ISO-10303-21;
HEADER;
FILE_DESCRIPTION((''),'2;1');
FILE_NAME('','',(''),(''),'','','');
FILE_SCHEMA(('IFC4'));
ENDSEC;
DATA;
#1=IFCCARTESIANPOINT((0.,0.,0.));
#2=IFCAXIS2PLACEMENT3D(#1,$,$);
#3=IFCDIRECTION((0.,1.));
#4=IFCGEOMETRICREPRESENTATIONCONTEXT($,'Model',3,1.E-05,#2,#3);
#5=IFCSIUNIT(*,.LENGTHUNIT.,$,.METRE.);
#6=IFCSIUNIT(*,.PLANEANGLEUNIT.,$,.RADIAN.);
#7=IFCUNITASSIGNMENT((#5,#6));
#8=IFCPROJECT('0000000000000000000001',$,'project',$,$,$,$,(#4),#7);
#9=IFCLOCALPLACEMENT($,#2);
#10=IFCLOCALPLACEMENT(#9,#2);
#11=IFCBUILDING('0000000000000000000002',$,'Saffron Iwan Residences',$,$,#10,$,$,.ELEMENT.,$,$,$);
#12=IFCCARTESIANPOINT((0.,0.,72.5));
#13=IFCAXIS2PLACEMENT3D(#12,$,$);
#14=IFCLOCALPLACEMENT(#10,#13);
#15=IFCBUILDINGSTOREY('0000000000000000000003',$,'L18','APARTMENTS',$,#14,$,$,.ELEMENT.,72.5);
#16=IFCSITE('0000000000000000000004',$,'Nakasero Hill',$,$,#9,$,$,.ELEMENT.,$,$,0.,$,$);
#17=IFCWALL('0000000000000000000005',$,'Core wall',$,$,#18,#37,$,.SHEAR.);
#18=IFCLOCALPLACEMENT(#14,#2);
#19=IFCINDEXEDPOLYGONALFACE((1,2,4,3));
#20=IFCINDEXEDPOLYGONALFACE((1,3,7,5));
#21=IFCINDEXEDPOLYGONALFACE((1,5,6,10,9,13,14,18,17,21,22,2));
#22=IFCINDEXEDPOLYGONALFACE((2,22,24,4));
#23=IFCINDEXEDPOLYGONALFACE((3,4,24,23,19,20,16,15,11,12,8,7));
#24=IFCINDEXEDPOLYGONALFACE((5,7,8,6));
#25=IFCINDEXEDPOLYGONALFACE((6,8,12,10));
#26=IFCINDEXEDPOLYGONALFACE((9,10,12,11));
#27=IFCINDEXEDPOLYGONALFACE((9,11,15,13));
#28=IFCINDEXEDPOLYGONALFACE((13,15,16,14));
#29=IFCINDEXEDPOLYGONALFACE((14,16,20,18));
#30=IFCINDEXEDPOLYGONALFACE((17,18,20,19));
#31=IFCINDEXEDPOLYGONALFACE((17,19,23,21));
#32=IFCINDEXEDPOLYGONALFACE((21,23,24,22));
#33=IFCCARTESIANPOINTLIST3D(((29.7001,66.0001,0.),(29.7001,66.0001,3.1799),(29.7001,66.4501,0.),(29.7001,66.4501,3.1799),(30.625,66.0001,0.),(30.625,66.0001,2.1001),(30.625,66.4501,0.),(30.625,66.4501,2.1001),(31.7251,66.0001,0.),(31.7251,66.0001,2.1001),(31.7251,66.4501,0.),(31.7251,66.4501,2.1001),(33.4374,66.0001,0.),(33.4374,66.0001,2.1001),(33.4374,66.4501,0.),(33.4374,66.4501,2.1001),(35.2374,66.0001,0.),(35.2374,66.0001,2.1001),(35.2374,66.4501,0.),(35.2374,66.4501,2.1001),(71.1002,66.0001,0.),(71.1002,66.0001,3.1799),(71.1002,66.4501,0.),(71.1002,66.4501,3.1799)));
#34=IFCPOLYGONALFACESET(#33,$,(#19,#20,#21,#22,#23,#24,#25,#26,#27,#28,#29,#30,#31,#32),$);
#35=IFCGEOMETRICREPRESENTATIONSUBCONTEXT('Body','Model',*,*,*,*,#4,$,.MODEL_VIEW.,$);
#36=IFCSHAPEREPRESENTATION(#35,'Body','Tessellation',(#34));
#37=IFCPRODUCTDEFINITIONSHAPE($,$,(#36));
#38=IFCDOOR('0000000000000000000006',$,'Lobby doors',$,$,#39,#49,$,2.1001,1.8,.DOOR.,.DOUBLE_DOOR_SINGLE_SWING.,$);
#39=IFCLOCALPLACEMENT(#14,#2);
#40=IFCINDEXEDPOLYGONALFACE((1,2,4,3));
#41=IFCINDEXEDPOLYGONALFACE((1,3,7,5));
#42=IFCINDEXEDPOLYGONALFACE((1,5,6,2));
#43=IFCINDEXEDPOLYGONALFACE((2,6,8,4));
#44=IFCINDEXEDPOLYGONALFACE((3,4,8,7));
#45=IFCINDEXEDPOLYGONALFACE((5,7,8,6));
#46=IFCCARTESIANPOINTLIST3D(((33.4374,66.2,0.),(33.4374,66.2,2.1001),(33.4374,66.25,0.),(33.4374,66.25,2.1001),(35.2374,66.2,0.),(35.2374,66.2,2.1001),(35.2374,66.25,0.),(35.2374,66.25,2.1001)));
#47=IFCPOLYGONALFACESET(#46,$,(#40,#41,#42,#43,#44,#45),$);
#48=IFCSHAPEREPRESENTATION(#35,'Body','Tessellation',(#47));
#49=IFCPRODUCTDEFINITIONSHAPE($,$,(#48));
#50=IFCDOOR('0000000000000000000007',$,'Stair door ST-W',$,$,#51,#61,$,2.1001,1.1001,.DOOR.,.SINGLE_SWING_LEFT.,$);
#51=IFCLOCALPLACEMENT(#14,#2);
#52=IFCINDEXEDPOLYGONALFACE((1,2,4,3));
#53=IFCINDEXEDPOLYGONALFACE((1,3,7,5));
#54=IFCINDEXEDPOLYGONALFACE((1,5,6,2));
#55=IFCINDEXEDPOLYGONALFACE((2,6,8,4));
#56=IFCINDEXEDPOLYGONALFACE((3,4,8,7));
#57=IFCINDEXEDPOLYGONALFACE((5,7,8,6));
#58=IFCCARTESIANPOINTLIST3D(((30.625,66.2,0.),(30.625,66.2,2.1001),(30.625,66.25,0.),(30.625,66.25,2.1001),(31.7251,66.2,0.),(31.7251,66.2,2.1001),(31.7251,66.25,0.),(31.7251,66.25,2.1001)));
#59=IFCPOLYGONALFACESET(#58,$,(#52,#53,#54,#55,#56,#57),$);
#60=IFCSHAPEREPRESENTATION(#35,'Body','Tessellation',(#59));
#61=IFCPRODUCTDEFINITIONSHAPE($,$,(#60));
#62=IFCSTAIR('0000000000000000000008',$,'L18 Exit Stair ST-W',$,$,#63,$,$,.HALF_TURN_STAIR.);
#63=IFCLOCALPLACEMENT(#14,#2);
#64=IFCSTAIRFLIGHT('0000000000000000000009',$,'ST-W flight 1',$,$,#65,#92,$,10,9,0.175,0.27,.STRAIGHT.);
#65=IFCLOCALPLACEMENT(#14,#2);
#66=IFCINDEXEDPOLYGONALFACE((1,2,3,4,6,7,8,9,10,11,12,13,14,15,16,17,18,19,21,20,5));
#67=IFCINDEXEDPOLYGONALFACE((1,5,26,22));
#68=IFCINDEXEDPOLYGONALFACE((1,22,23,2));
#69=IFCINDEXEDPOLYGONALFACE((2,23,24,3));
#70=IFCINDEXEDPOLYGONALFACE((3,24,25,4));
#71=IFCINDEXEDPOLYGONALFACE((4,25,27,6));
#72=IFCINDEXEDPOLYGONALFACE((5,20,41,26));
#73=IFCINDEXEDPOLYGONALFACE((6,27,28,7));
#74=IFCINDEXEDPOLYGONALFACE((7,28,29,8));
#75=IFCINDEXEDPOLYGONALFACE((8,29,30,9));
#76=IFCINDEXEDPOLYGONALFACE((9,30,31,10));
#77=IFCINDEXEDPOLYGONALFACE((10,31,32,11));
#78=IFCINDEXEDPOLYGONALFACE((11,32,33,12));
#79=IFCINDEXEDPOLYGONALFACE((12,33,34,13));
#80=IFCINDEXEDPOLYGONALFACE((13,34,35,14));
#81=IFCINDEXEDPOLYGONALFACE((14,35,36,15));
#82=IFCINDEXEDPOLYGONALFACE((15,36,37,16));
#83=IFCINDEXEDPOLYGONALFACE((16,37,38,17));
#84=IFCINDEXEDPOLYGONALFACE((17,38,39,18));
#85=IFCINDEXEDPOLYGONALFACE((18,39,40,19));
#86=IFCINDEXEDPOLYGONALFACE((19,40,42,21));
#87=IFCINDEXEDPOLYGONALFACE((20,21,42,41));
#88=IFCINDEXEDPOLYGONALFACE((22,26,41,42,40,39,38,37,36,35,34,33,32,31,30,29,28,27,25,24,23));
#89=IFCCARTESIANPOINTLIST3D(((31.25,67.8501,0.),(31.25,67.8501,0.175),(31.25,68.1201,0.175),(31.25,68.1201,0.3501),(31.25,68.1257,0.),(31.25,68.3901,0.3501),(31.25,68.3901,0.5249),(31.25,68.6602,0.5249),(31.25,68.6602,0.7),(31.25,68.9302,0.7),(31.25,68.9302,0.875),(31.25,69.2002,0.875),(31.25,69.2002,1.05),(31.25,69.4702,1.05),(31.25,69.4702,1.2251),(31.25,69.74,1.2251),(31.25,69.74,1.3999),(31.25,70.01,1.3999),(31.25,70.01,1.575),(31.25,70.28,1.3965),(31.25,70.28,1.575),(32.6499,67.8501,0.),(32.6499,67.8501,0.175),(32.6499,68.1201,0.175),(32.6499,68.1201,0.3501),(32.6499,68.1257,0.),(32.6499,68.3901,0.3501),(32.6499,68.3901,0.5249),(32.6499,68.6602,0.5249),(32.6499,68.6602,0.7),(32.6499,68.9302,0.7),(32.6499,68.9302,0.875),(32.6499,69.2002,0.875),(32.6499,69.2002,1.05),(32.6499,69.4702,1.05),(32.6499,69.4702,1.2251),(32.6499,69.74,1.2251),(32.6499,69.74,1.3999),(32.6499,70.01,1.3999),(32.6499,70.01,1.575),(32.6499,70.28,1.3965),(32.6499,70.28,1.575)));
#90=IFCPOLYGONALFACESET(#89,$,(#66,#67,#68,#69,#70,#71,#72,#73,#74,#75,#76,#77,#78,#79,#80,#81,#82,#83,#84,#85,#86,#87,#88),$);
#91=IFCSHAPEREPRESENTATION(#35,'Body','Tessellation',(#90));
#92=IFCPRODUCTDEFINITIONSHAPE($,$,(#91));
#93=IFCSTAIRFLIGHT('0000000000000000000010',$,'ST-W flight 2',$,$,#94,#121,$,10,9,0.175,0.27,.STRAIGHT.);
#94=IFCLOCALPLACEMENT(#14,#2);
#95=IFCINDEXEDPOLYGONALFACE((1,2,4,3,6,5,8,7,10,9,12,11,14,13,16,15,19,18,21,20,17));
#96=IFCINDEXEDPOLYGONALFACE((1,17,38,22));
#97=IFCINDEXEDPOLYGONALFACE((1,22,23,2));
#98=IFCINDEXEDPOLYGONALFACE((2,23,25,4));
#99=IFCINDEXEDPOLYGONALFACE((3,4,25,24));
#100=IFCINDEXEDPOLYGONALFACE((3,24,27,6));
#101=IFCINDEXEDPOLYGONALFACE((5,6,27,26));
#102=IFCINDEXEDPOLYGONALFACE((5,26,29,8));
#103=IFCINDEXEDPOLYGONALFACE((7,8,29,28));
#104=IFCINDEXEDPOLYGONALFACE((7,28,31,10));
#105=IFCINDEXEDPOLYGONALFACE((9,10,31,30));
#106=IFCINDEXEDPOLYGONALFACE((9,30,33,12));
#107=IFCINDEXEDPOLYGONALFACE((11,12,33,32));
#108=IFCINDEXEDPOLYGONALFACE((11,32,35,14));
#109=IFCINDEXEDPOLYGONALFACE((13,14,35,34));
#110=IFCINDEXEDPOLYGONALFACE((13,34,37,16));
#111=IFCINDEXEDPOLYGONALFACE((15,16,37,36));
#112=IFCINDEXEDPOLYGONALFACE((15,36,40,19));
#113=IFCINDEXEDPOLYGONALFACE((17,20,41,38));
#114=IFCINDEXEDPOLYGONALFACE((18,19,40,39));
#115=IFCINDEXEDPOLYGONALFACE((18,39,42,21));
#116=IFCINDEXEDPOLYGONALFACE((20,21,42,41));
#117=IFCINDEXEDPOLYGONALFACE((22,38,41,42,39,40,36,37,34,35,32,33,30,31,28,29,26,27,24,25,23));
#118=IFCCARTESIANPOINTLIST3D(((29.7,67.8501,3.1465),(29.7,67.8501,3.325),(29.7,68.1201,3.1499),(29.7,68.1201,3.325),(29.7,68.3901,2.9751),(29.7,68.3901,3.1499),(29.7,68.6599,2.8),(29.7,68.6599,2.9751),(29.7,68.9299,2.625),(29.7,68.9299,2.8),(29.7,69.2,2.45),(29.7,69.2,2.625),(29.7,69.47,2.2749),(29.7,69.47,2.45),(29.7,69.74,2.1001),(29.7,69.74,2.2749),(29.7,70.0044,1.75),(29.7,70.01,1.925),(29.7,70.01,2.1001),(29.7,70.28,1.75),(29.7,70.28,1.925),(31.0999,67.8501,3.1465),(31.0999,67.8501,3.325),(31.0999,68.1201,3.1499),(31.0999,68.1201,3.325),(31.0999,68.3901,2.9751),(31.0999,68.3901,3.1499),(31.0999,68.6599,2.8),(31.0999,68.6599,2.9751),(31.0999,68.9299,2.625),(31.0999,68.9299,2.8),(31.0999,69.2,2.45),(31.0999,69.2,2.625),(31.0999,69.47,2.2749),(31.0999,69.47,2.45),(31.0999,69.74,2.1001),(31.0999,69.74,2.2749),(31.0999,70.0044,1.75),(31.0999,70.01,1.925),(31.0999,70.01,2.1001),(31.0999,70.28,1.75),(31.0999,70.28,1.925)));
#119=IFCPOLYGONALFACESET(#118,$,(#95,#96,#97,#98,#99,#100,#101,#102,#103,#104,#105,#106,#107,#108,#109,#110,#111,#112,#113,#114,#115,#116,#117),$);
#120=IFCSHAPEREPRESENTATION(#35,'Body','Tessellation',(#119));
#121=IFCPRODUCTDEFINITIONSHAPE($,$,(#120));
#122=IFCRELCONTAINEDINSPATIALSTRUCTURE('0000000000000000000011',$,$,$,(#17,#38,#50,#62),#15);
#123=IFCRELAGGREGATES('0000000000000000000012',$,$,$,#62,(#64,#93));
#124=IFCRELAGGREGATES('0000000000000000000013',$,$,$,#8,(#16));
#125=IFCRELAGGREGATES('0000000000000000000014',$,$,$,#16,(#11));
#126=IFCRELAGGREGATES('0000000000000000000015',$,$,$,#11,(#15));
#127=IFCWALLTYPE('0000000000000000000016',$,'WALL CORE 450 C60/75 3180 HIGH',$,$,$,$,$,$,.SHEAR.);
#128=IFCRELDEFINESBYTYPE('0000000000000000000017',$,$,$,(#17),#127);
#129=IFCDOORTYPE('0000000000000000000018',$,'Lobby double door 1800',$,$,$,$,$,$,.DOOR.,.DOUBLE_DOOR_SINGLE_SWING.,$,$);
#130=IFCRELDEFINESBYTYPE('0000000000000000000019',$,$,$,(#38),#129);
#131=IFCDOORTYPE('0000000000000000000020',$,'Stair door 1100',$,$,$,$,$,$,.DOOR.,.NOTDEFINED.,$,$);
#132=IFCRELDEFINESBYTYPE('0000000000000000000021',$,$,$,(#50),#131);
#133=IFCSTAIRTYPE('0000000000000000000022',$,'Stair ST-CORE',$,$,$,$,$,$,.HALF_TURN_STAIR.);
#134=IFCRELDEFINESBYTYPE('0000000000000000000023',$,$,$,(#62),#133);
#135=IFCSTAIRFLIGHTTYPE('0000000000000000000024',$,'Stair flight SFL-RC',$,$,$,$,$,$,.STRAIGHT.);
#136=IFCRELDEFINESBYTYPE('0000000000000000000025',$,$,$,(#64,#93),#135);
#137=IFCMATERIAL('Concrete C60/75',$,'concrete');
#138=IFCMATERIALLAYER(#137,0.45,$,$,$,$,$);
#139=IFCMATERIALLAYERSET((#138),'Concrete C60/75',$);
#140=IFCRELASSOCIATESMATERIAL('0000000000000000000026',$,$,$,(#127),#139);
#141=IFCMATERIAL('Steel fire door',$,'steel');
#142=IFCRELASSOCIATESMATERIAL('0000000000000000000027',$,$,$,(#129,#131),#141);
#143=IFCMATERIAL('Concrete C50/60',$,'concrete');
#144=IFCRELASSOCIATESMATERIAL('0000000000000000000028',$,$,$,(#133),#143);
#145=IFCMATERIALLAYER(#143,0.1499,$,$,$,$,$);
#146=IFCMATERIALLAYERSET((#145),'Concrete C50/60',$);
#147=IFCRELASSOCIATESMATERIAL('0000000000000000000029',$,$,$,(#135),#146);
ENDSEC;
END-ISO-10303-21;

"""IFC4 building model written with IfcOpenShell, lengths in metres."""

from ifc_helpers import new_model, si_unit, direction, frame, frame_2d, origin, place, context, subcontext, project, spatial, polyline, rectangle, outline, extrude, material, layer, layer_set, type_object, element, fill, aggregate, save


model = new_model("IFC4")

# Units and contexts
model_context = context("Model", 3, precision=1e-05, world=origin(), true_north=direction((0.0, 1.0)))
body_context = subcontext(model_context, "Body", "Model", "MODEL_VIEW")
ifc_project = project(units=[si_unit("LENGTHUNIT", "METRE"), si_unit("PLANEANGLEUNIT", "RADIAN")], contexts=[model_context])

# Site, building, storey
site_placement = place(None, origin())
site = spatial("IfcSite", under=ifc_project, at=site_placement, Name="Nakasero Hill", CompositionType="ELEMENT", RefElevation=0.0)
building_placement = place(site_placement, origin())
building = spatial("IfcBuilding", under=site, at=building_placement, Name="Saffron Iwan Residences", CompositionType="ELEMENT")
storey_placement = place(building_placement, frame((0.0, 0.0, 72.5)))
storey = spatial("IfcBuildingStorey", under=building, at=storey_placement, Name="L18", Description="APARTMENTS", CompositionType="ELEMENT", Elevation=72.5)

# Wall, openings, doors
ifc_material_1 = material(Name="Concrete C60/75", Category="concrete")
ifc_layer_1 = layer(ifc_material_1, 0.45)
ifc_layer_set_1 = layer_set([ifc_layer_1], Name="Concrete C60/75")
wall_type = type_object("IfcWallType", Name="WALL CORE 450 C60/75 3180 HIGH", PredefinedType="SHEAR", material=ifc_layer_set_1)
wall_placement = place(storey_placement, frame((29.7, 66.2251, 0.0), z_axis=(0.0, 0.0, 1.0), x_axis=(1.0, 0.0, 0.0)))
wall = element("IfcWall", 1, at=wall_placement, inside=storey, type_object=wall_type, Name="Core wall", PredefinedType="SHEAR", context=body_context, shape_type="SweptSolid", body=[
    extrude(rectangle(XDim=41.4001, YDim=0.45, at=frame_2d((20.7002, 0.0))), origin(), (0.0, 0.0, 1.0), 3.1799),
])
opening_1_placement = place(wall_placement, frame((0.925, 0.0, 0.0)))
opening_1 = element("IfcOpeningElement", 2, at=opening_1_placement, cuts=wall, PredefinedType="OPENING", context=body_context, shape_type="SweptSolid", body=[
    extrude(rectangle(XDim=1.1001, YDim=2.1001, at=frame_2d((0.55, 1.05))), frame((0.0, 0.2349, 0.0), z_axis=(0.0, -1.0, 0.0), x_axis=(1.0, 0.0, 0.0)), (0.0, 0.0, 1.0), 0.47),
])
opening_2_placement = place(wall_placement, frame((3.7375, 0.0, 0.0)))
opening_2 = element("IfcOpeningElement", 3, at=opening_2_placement, cuts=wall, PredefinedType="OPENING", context=body_context, shape_type="SweptSolid", body=[
    extrude(rectangle(XDim=1.8, YDim=2.1001, at=frame_2d((0.8999, 1.05))), frame((0.0, 0.2349, 0.0), z_axis=(0.0, -1.0, 0.0), x_axis=(1.0, 0.0, 0.0)), (0.0, 0.0, 1.0), 0.47),
])
ifc_material_2 = material(Name="Steel fire door", Category="steel")
door_type_1 = type_object("IfcDoorType", Name="Lobby double door 1800", OperationType="DOUBLE_DOOR_SINGLE_SWING", PredefinedType="DOOR", material=ifc_material_2)
door_1_placement = place(opening_2_placement, origin())
door_1 = element("IfcDoor", 4, at=door_1_placement, inside=storey, type_object=door_type_1, Name="Lobby doors", OperationType="DOUBLE_DOOR_SINGLE_SWING", OverallHeight=2.1001, OverallWidth=1.8, PredefinedType="DOOR", context=body_context, shape_type="SweptSolid", body=[
    extrude(rectangle(XDim=1.8, YDim=2.1001, at=frame_2d((0.8999, 1.05))), frame((0.0, 0.0249, 0.0), z_axis=(0.0, -1.0, 0.0), x_axis=(1.0, 0.0, 0.0)), (0.0, 0.0, 1.0), 0.05),
])
fill(opening_2, door_1)
door_type_2 = type_object("IfcDoorType", Name="Stair door 1100", OperationType="NOTDEFINED", PredefinedType="DOOR", material=ifc_material_2)
door_2_placement = place(opening_1_placement, origin())
door_2 = element("IfcDoor", 5, at=door_2_placement, inside=storey, type_object=door_type_2, Name="Stair door ST-W", OperationType="SINGLE_SWING_LEFT", OverallHeight=2.1001, OverallWidth=1.1001, PredefinedType="DOOR", context=body_context, shape_type="SweptSolid", body=[
    extrude(rectangle(XDim=1.1001, YDim=2.1001, at=frame_2d((0.55, 1.05))), frame((0.0, 0.0249, 0.0), z_axis=(0.0, -1.0, 0.0), x_axis=(1.0, 0.0, 0.0)), (0.0, 0.0, 1.0), 0.05),
])
fill(opening_1, door_2)

# Stair, stair flights
ifc_material_3 = material(Name="Concrete C50/60", Category="concrete")
stair_type = type_object("IfcStairType", Name="Stair ST-CORE", PredefinedType="HALF_TURN_STAIR", material=ifc_material_3)
stair_placement = place(storey_placement, origin())
stair = element("IfcStair", 6, at=stair_placement, inside=storey, type_object=stair_type, Name="L18 Exit Stair ST-W", PredefinedType="HALF_TURN_STAIR")
ifc_layer_2 = layer(ifc_material_3, 0.1499)
ifc_layer_set_2 = layer_set([ifc_layer_2], Name="Concrete C50/60")
stair_flight_type = type_object("IfcStairFlightType", Name="Stair flight SFL-RC", PredefinedType="STRAIGHT", material=ifc_layer_set_2)
stair_flight_1_placement = place(storey_placement, frame((31.95, 67.8501, 0.0), z_axis=(0.0, 0.0, 1.0), x_axis=(0.0, 1.0, 0.0)))
stair_flight_1 = element("IfcStairFlight", 7, at=stair_flight_1_placement, type_object=stair_flight_type, Name="ST-W flight 1", NumberOfRisers=10, NumberOfTreads=9, PredefinedType="STRAIGHT", RiserHeight=0.175, TreadLength=0.27, context=body_context, shape_type="SweptSolid", body=[
    extrude(outline(polyline([(0.0, 0.0), (0.0, 0.175), (0.27, 0.175), (0.27, 0.3501), (0.54, 0.3501), (0.54, 0.5249), (0.8101, 0.5249), (0.8101, 0.7), (1.0801, 0.7), (1.0801, 0.875), (1.3501, 0.875), (1.3501, 1.05), (1.6201, 1.05), (1.6201, 1.2251), (1.8899, 1.2251), (1.8899, 1.3999), (2.1599, 1.3999), (2.1599, 1.575), (2.4299, 1.575), (2.4299, 1.75), (2.4299, 1.3965), (0.2756, 0.0), (0.0, 0.0)])), frame((0.0, 0.7, 0.0), z_axis=(0.0, -1.0, 0.0), x_axis=(1.0, 0.0, 0.0)), (0.0, 0.0, 1.0), 1.3999),
])
stair_flight_2_placement = place(storey_placement, frame((30.3999, 70.28, 1.75), z_axis=(0.0, 0.0, 1.0), x_axis=(0.0, -1.0, 0.0)))
stair_flight_2 = element("IfcStairFlight", 8, at=stair_flight_2_placement, type_object=stair_flight_type, Name="ST-W flight 2", NumberOfRisers=10, NumberOfTreads=9, PredefinedType="STRAIGHT", RiserHeight=0.175, TreadLength=0.27, context=body_context, shape_type="SweptSolid", body=[
    extrude(outline(polyline([(0.0, 0.0), (0.0, 0.175), (0.27, 0.175), (0.27, 0.3501), (0.54, 0.3501), (0.54, 0.5249), (0.8101, 0.5249), (0.8101, 0.7), (1.0801, 0.7), (1.0801, 0.875), (1.3501, 0.875), (1.3501, 1.05), (1.6201, 1.05), (1.6201, 1.2251), (1.8899, 1.2251), (1.8899, 1.3999), (2.1599, 1.3999), (2.1599, 1.575), (2.4299, 1.575), (2.4299, 1.75), (2.4299, 1.3965), (0.2756, 0.0), (0.0, 0.0)])), frame((0.0, 0.7, 0.0), z_axis=(0.0, -1.0, 0.0), x_axis=(1.0, 0.0, 0.0)), (0.0, 0.0, 1.0), 1.3999),
])
aggregate(stair, [stair_flight_1, stair_flight_2])

save(model, "model.ifc")
